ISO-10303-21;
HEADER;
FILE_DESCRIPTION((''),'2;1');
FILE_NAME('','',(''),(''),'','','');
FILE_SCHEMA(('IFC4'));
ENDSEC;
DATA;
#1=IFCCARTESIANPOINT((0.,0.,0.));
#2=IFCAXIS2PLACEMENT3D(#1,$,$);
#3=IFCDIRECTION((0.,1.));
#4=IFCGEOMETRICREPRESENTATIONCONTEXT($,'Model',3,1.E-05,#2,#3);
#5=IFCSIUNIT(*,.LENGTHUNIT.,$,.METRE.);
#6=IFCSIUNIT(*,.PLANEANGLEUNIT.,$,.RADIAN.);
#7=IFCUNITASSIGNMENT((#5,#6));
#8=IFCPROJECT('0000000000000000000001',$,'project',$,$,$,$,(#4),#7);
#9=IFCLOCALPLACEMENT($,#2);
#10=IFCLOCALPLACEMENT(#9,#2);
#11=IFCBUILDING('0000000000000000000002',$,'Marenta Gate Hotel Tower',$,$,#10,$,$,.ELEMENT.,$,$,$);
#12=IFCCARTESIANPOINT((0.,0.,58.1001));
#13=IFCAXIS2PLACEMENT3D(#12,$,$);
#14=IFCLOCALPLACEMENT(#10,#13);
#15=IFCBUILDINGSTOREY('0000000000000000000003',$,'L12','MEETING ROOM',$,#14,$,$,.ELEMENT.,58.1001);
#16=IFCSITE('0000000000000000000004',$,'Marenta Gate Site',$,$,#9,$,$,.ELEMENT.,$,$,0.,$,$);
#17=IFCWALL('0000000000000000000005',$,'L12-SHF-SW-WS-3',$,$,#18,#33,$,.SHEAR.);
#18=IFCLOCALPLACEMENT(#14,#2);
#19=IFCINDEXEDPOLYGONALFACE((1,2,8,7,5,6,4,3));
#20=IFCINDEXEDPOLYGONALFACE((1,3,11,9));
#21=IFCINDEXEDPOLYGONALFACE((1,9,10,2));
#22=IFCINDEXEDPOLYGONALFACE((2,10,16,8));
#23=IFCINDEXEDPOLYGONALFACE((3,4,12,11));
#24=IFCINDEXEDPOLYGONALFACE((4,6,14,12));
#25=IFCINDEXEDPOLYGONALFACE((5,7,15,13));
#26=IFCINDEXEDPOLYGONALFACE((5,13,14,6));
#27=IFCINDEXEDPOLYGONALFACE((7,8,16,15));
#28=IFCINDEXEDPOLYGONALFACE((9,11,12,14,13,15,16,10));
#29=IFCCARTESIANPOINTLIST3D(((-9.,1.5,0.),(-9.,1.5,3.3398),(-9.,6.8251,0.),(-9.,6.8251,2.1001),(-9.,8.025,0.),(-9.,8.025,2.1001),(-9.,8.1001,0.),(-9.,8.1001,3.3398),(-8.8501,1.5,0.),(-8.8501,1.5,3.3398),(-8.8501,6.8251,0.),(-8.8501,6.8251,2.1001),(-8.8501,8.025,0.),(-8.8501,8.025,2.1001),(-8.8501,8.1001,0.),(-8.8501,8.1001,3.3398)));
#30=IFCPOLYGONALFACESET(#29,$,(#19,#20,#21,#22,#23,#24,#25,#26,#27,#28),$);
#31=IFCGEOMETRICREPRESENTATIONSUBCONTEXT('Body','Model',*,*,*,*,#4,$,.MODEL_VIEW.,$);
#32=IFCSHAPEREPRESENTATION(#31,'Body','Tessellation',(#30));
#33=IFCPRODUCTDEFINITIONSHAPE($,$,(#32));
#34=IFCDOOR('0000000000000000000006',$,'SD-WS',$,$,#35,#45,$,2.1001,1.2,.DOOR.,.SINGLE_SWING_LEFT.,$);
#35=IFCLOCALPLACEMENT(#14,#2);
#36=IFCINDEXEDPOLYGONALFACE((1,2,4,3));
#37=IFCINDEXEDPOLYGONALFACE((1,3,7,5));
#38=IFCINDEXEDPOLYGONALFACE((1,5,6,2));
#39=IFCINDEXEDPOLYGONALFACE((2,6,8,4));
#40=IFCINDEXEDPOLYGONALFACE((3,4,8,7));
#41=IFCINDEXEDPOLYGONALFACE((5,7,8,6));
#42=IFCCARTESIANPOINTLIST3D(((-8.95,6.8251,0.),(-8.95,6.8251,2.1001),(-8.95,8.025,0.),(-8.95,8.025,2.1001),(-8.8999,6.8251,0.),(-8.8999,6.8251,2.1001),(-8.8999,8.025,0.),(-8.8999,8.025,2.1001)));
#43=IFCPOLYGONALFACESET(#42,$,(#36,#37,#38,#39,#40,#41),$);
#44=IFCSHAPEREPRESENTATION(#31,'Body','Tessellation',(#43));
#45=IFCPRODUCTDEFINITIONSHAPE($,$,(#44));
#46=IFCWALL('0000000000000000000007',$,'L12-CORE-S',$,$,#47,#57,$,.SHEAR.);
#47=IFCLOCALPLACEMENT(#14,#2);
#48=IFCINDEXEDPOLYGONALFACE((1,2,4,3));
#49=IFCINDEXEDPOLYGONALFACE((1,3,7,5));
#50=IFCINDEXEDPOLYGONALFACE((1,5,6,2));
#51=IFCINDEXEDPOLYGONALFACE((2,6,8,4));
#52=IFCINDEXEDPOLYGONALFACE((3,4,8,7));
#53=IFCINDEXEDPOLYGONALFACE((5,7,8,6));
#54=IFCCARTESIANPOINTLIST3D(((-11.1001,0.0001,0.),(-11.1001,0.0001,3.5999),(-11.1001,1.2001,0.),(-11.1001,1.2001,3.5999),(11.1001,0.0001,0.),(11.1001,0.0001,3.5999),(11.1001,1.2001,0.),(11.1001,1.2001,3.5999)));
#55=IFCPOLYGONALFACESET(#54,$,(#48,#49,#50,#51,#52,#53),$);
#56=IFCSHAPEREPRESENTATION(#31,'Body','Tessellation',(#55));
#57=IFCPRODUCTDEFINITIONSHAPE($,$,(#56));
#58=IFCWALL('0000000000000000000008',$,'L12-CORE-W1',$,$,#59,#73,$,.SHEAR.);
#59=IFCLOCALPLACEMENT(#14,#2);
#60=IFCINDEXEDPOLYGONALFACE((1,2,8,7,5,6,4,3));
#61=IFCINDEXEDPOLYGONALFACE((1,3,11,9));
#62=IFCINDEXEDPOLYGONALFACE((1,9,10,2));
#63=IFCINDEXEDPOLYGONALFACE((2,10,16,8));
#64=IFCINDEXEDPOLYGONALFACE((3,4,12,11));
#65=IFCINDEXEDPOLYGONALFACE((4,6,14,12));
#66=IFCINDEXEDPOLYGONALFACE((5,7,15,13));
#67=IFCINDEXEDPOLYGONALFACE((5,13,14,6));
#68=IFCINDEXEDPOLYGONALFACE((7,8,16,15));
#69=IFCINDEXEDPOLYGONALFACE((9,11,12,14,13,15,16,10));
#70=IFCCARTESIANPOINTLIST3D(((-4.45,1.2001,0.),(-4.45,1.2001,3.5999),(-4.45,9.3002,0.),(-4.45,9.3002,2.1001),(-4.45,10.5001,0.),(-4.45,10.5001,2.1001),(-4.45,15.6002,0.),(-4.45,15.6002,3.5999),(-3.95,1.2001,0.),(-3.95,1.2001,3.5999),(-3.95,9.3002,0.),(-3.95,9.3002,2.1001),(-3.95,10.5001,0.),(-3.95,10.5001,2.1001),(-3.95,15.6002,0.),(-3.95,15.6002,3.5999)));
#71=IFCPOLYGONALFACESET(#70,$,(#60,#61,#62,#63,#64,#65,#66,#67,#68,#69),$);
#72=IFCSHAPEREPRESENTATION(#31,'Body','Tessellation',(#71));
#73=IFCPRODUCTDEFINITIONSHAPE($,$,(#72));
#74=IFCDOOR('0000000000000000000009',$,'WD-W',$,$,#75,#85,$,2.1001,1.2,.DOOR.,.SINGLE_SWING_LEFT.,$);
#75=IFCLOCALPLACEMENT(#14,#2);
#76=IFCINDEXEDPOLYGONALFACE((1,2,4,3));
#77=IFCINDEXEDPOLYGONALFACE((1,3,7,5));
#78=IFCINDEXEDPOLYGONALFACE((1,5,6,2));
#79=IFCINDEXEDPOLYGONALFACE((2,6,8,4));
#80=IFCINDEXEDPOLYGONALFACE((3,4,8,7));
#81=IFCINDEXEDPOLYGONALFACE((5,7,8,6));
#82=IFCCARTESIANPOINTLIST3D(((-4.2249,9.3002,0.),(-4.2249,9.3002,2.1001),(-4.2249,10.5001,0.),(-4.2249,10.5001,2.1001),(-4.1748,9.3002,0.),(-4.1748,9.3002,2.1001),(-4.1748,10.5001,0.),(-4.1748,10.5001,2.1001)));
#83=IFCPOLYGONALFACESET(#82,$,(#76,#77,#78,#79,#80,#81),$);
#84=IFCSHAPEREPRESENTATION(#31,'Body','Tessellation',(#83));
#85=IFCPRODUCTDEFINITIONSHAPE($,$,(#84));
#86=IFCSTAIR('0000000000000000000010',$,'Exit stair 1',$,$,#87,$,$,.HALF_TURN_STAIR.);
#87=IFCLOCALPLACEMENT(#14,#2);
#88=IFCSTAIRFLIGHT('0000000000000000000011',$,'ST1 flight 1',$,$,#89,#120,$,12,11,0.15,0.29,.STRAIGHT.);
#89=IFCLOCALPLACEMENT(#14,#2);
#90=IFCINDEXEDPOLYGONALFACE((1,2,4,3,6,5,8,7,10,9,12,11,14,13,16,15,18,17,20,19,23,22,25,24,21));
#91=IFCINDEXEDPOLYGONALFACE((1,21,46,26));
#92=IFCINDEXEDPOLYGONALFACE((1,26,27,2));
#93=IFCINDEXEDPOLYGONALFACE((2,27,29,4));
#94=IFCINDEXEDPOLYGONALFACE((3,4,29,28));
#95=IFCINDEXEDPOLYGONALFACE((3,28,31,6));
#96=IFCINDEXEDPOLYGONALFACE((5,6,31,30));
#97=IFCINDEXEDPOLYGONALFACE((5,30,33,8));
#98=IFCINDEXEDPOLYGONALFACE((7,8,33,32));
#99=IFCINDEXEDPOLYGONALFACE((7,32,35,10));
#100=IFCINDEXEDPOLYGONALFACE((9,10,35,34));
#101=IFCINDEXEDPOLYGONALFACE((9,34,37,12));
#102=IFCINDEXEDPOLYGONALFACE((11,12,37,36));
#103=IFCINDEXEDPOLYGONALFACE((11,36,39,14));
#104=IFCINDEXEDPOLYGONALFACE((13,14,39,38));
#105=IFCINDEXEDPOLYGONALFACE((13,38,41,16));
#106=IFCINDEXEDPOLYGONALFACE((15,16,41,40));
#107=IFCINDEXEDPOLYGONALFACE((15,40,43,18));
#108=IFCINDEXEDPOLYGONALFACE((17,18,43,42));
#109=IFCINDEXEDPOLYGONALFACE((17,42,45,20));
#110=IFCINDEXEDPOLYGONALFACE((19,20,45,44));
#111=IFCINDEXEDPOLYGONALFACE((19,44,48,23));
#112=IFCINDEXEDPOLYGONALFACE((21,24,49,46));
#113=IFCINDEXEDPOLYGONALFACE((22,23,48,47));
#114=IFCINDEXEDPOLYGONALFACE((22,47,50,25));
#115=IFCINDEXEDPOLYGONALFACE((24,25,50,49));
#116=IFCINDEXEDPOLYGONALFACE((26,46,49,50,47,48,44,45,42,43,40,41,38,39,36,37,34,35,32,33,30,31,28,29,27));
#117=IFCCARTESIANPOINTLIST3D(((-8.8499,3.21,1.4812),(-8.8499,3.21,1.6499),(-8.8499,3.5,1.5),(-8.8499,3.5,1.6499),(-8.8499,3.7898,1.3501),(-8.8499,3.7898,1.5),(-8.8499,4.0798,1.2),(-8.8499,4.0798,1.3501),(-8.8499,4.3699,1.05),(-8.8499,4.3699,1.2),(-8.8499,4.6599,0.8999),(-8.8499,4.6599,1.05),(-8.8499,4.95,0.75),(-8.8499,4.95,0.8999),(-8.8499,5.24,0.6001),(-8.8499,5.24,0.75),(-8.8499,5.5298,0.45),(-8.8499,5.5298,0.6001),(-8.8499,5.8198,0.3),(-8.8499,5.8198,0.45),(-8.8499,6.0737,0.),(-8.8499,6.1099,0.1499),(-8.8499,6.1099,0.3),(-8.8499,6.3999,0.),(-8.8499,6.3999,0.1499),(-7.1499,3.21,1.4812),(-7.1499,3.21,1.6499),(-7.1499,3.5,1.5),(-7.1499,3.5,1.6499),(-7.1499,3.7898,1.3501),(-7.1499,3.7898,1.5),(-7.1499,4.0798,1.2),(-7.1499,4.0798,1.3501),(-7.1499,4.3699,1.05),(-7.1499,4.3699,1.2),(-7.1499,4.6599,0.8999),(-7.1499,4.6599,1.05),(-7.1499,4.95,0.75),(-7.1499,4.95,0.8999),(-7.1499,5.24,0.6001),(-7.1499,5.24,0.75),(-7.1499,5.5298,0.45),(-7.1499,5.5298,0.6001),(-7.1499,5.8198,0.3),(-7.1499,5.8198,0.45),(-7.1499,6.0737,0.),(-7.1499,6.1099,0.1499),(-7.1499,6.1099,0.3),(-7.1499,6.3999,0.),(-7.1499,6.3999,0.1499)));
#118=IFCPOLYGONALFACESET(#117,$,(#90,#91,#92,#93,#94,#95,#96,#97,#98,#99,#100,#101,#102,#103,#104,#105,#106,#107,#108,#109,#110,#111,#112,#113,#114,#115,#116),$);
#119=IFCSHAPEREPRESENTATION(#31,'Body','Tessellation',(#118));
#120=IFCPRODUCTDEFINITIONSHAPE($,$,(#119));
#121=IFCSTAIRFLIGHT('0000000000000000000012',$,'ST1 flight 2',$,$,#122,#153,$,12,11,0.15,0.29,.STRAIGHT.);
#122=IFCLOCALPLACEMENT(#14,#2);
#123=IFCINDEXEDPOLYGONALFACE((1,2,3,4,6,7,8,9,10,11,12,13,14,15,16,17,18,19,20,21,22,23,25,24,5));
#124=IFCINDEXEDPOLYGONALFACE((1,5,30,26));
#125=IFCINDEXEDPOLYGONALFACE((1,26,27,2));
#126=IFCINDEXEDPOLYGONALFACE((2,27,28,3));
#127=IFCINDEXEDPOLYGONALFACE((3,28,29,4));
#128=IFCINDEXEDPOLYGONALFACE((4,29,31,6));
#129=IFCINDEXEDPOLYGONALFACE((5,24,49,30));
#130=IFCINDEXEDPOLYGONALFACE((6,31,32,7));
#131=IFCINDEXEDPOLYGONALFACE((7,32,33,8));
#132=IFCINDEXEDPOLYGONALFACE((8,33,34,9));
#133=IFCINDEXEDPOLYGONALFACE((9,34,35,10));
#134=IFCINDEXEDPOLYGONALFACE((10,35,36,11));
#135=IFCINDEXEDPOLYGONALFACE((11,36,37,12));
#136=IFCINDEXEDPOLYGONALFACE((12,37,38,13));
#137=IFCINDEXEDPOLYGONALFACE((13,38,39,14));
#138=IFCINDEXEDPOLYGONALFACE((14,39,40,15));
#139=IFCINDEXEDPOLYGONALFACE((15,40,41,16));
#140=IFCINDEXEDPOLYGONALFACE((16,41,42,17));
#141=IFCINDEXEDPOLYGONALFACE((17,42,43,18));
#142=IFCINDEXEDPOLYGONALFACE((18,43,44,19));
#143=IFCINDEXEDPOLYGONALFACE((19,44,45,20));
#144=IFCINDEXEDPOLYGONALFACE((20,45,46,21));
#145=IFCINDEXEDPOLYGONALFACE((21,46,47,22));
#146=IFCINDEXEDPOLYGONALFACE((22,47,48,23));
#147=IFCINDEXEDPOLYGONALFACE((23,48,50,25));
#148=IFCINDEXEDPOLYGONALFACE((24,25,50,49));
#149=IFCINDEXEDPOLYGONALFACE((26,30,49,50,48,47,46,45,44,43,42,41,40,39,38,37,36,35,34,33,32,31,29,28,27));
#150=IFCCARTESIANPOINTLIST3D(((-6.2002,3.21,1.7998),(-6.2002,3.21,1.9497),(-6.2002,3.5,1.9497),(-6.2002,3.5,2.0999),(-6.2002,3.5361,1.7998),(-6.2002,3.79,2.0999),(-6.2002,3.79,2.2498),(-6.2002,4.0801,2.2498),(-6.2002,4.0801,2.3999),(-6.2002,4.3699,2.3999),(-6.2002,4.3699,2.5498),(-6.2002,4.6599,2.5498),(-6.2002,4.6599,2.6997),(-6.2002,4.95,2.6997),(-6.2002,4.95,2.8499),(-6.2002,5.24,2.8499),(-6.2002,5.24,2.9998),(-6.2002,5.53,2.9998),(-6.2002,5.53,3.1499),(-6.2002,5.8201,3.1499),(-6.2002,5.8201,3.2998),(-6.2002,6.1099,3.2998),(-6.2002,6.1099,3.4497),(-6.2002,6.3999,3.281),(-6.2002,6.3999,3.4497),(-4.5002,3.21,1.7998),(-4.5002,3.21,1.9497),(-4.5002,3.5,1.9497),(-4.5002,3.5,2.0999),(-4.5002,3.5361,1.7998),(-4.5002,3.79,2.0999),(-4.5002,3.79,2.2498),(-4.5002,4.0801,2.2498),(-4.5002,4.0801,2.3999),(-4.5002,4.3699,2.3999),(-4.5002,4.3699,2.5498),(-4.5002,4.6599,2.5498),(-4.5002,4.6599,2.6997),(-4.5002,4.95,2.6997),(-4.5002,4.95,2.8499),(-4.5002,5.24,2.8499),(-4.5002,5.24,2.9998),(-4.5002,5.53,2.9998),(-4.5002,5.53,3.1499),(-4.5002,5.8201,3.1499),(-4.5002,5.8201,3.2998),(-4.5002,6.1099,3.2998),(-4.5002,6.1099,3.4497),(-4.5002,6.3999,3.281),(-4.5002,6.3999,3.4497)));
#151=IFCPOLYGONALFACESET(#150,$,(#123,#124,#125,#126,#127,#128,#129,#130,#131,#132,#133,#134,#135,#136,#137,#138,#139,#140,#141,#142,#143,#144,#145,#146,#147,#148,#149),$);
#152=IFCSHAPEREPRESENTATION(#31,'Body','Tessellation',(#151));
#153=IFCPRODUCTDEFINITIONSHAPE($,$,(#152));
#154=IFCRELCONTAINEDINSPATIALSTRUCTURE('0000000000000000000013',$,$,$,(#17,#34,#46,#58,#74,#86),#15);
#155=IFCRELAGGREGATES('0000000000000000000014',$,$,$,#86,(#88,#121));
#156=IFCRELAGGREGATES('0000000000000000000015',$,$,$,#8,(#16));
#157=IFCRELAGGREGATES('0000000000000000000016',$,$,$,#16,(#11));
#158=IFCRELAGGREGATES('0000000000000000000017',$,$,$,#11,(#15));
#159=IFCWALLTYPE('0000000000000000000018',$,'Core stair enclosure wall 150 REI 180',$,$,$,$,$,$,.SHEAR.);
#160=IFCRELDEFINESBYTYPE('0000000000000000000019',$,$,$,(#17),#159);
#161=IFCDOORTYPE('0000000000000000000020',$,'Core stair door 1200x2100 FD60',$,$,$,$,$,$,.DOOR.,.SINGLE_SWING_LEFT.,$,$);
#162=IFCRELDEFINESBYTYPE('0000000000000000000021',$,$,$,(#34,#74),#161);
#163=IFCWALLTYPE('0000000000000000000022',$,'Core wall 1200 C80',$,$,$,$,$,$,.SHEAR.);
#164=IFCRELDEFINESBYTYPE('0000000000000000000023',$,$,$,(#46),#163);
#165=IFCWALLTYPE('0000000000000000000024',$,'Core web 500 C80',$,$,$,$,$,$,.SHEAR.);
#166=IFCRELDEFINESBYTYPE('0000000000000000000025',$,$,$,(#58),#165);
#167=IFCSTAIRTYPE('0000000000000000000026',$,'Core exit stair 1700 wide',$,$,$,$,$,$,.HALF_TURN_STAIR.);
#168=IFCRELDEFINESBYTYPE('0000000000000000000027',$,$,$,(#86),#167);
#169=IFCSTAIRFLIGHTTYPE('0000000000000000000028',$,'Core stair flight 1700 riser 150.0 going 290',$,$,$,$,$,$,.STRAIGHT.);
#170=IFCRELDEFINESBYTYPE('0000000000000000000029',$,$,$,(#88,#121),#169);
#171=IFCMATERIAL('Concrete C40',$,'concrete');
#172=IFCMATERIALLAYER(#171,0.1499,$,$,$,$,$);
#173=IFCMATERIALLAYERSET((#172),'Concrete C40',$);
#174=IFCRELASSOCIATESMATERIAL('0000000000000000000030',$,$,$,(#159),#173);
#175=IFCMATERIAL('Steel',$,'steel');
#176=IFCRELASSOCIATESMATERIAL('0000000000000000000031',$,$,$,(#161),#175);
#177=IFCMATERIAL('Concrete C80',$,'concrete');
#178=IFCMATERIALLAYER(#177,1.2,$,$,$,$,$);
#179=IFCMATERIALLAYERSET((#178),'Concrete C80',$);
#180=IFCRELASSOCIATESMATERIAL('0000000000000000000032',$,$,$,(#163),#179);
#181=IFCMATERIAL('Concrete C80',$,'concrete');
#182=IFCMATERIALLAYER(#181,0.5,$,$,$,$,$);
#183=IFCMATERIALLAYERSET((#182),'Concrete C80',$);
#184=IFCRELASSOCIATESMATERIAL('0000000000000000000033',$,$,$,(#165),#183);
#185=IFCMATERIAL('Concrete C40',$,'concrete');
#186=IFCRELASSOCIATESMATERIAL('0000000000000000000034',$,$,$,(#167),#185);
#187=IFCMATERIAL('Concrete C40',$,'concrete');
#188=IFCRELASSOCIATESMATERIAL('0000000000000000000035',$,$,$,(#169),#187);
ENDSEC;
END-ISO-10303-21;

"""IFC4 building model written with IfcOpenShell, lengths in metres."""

from ifc_helpers import new_model, si_unit, direction, frame, frame_2d, origin, place, context, subcontext, project, spatial, polyline, rectangle, outline, extrude, material, layer, layer_set, type_object, element, fill, aggregate, save


model = new_model("IFC4")

# Units and contexts
model_context = context("Model", 3, precision=1e-05, world=origin(), true_north=direction((0.0, 1.0)))
body_context = subcontext(model_context, "Body", "Model", "MODEL_VIEW")
ifc_project = project(units=[si_unit("LENGTHUNIT", "METRE"), si_unit("PLANEANGLEUNIT", "RADIAN")], contexts=[model_context])

# Site, building, storey
site_placement = place(None, origin())
site = spatial("IfcSite", under=ifc_project, at=site_placement, Name="Marenta Gate Site", CompositionType="ELEMENT", RefElevation=0.0)
building_placement = place(site_placement, origin())
building = spatial("IfcBuilding", under=site, at=building_placement, Name="Marenta Gate Hotel Tower", CompositionType="ELEMENT")
storey_placement = place(building_placement, frame((0.0, 0.0, 58.1001)))
storey = spatial("IfcBuildingStorey", under=building, at=storey_placement, Name="L12", Description="MEETING ROOM", CompositionType="ELEMENT", Elevation=58.1001)

# Wall, opening, door
ifc_material_1 = material(Name="Concrete C40", Category="concrete")
ifc_layer_1 = layer(ifc_material_1, 0.1499)
ifc_layer_set_1 = layer_set([ifc_layer_1], Name="Concrete C40")
wall_type_1 = type_object("IfcWallType", Name="Core stair enclosure wall 150 REI 180", PredefinedType="SHEAR", material=ifc_layer_set_1)
wall_1_placement = place(storey_placement, frame((-8.925, 1.5, 0.0), z_axis=(0.0, 0.0, 1.0), x_axis=(0.0, 1.0, 0.0)))
wall_1 = element("IfcWall", 1, at=wall_1_placement, inside=storey, type_object=wall_type_1, Name="L12-SHF-SW-WS-3", PredefinedType="SHEAR", context=body_context, shape_type="SweptSolid", body=[
    extrude(rectangle(XDim=6.6001, YDim=0.1499, at=frame_2d((3.3, 0.0))), origin(), (0.0, 0.0, 1.0), 3.3398),
])
opening_1_placement = place(wall_1_placement, frame((5.325, 0.0, 0.0)))
opening_1 = element("IfcOpeningElement", 2, at=opening_1_placement, cuts=wall_1, PredefinedType="OPENING", context=body_context, shape_type="SweptSolid", body=[
    extrude(rectangle(XDim=1.2, YDim=2.1001, at=frame_2d((0.6001, 1.05))), frame((0.0, 0.075, 0.0), z_axis=(0.0, -1.0, 0.0), x_axis=(1.0, 0.0, 0.0)), (0.0, 0.0, 1.0), 0.1499),
])
ifc_material_2 = material(Name="Steel", Category="steel")
door_type_1 = type_object("IfcDoorType", Name="Core stair door 1200x2100 FD60", OperationType="SINGLE_SWING_LEFT", PredefinedType="DOOR", material=ifc_material_2)
door_1_placement = place(opening_1_placement, origin())
door_1 = element("IfcDoor", 3, at=door_1_placement, inside=storey, type_object=door_type_1, Name="SD-WS", OperationType="SINGLE_SWING_LEFT", OverallHeight=2.1001, OverallWidth=1.2, PredefinedType="DOOR", context=body_context, shape_type="SweptSolid", body=[
    extrude(rectangle(XDim=1.2, YDim=2.1001, at=frame_2d((0.6001, 1.05))), frame((0.0, 0.0249, 0.0), z_axis=(0.0, -1.0, 0.0), x_axis=(1.0, 0.0, 0.0)), (0.0, 0.0, 1.0), 0.05),
])
fill(opening_1, door_1)

# Shared definitions
ifc_material_3 = material(Name="Concrete C80", Category="concrete")
ifc_layer_2 = layer(ifc_material_3, 1.2)
ifc_layer_set_2 = layer_set([ifc_layer_2], Name="Concrete C80")
wall_type_2 = type_object("IfcWallType", Name="Core wall 1200 C80", PredefinedType="SHEAR", material=ifc_layer_set_2)

# Wall
wall_2_placement = place(storey_placement, frame((-11.1001, 0.6001, 0.0), z_axis=(0.0, 0.0, 1.0), x_axis=(1.0, 0.0, 0.0)))
element("IfcWall", 4, at=wall_2_placement, inside=storey, type_object=wall_type_2, Name="L12-CORE-S", PredefinedType="SHEAR", context=body_context, shape_type="SweptSolid", body=[
    extrude(rectangle(XDim=22.2002, YDim=1.2, at=frame_2d((11.1001, 0.0))), origin(), (0.0, 0.0, 1.0), 3.5999),
])

# Wall, opening, door
ifc_material_4 = material(Name="Concrete C80", Category="concrete")
ifc_layer_3 = layer(ifc_material_4, 0.5)
ifc_layer_set_3 = layer_set([ifc_layer_3], Name="Concrete C80")
wall_type_3 = type_object("IfcWallType", Name="Core web 500 C80", PredefinedType="SHEAR", material=ifc_layer_set_3)
wall_3_placement = place(storey_placement, frame((-4.2, 1.2, 0.0), z_axis=(0.0, 0.0, 1.0), x_axis=(0.0, 1.0, 0.0)))
wall_3 = element("IfcWall", 5, at=wall_3_placement, inside=storey, type_object=wall_type_3, Name="L12-CORE-W1", PredefinedType="SHEAR", context=body_context, shape_type="SweptSolid", body=[
    extrude(rectangle(XDim=14.4001, YDim=0.5, at=frame_2d((7.2002, 0.0))), origin(), (0.0, 0.0, 1.0), 3.5999),
])
opening_2_placement = place(wall_3_placement, frame((8.1001, 0.0, 0.0)))
opening_2 = element("IfcOpeningElement", 6, at=opening_2_placement, cuts=wall_3, PredefinedType="OPENING", context=body_context, shape_type="SweptSolid", body=[
    extrude(rectangle(XDim=1.2, YDim=2.1001, at=frame_2d((0.6001, 1.05))), frame((0.0, 0.25, 0.0), z_axis=(0.0, -1.0, 0.0), x_axis=(1.0, 0.0, 0.0)), (0.0, 0.0, 1.0), 0.5),
])
door_2_placement = place(opening_2_placement, origin())
door_2 = element("IfcDoor", 7, at=door_2_placement, inside=storey, type_object=door_type_1, Name="WD-W", OperationType="SINGLE_SWING_LEFT", OverallHeight=2.1001, OverallWidth=1.2, PredefinedType="DOOR", context=body_context, shape_type="SweptSolid", body=[
    extrude(rectangle(XDim=1.2, YDim=2.1001, at=frame_2d((0.6001, 1.05))), frame((0.0, 0.0249, 0.0), z_axis=(0.0, -1.0, 0.0), x_axis=(1.0, 0.0, 0.0)), (0.0, 0.0, 1.0), 0.05),
])
fill(opening_2, door_2)

# Stair, stair flights
ifc_material_5 = material(Name="Concrete C40", Category="concrete")
stair_type = type_object("IfcStairType", Name="Core exit stair 1700 wide", PredefinedType="HALF_TURN_STAIR", material=ifc_material_5)
stair_placement = place(storey_placement, origin())
stair = element("IfcStair", 8, at=stair_placement, inside=storey, type_object=stair_type, Name="Exit stair 1", PredefinedType="HALF_TURN_STAIR")
ifc_material_6 = material(Name="Concrete C40", Category="concrete")
stair_flight_type = type_object("IfcStairFlightType", Name="Core stair flight 1700 riser 150.0 going 290", PredefinedType="STRAIGHT", material=ifc_material_6)
stair_flight_1_placement = place(storey_placement, frame((-8.0, 6.3999, 0.0), z_axis=(0.0, 0.0, 1.0), x_axis=(0.0, -1.0, 0.0)))
stair_flight_1 = element("IfcStairFlight", 9, at=stair_flight_1_placement, type_object=stair_flight_type, Name="ST1 flight 1", NumberOfRisers=12, NumberOfTreads=11, PredefinedType="STRAIGHT", RiserHeight=0.15, TreadLength=0.29, context=body_context, shape_type="SweptSolid", body=[
    extrude(outline(polyline([(0.0, 0.0), (0.0, 0.1499), (0.29, 0.1499), (0.29, 0.3), (0.5801, 0.3), (0.5801, 0.45), (0.8701, 0.45), (0.8701, 0.6001), (1.1599, 0.6001), (1.1599, 0.75), (1.45, 0.75), (1.45, 0.8999), (1.74, 0.8999), (1.74, 1.05), (2.03, 1.05), (2.03, 1.2), (2.3201, 1.2), (2.3201, 1.3501), (2.6101, 1.3501), (2.6101, 1.5), (2.8999, 1.5), (2.8999, 1.6499), (3.1899, 1.6499), (3.1899, 1.8), (3.1899, 1.4812), (0.3262, 0.0), (0.0, 0.0)])), frame((0.0, 0.8501, 0.0), z_axis=(0.0, -1.0, 0.0), x_axis=(1.0, 0.0, 0.0)), (0.0, 0.0, 1.0), 1.7),
])
stair_flight_2_placement = place(storey_placement, frame((-5.3501, 3.21, 1.7998), z_axis=(0.0, 0.0, 1.0), x_axis=(0.0, 1.0, 0.0)))
stair_flight_2 = element("IfcStairFlight", 10, at=stair_flight_2_placement, type_object=stair_flight_type, Name="ST1 flight 2", NumberOfRisers=12, NumberOfTreads=11, PredefinedType="STRAIGHT", RiserHeight=0.15, TreadLength=0.29, context=body_context, shape_type="SweptSolid", body=[
    extrude(outline(polyline([(0.0, 0.0), (0.0, 0.1499), (0.29, 0.1499), (0.29, 0.3), (0.5801, 0.3), (0.5801, 0.45), (0.8701, 0.45), (0.8701, 0.6001), (1.1599, 0.6001), (1.1599, 0.75), (1.45, 0.75), (1.45, 0.8999), (1.74, 0.8999), (1.74, 1.05), (2.03, 1.05), (2.03, 1.2), (2.3201, 1.2), (2.3201, 1.3501), (2.6101, 1.3501), (2.6101, 1.5), (2.8999, 1.5), (2.8999, 1.6499), (3.1899, 1.6499), (3.1899, 1.8), (3.1899, 1.4812), (0.3262, 0.0), (0.0, 0.0)])), frame((0.0, 0.8501, 0.0), z_axis=(0.0, -1.0, 0.0), x_axis=(1.0, 0.0, 0.0)), (0.0, 0.0, 1.0), 1.7),
])
aggregate(stair, [stair_flight_1, stair_flight_2])

save(model, "model.ifc")
